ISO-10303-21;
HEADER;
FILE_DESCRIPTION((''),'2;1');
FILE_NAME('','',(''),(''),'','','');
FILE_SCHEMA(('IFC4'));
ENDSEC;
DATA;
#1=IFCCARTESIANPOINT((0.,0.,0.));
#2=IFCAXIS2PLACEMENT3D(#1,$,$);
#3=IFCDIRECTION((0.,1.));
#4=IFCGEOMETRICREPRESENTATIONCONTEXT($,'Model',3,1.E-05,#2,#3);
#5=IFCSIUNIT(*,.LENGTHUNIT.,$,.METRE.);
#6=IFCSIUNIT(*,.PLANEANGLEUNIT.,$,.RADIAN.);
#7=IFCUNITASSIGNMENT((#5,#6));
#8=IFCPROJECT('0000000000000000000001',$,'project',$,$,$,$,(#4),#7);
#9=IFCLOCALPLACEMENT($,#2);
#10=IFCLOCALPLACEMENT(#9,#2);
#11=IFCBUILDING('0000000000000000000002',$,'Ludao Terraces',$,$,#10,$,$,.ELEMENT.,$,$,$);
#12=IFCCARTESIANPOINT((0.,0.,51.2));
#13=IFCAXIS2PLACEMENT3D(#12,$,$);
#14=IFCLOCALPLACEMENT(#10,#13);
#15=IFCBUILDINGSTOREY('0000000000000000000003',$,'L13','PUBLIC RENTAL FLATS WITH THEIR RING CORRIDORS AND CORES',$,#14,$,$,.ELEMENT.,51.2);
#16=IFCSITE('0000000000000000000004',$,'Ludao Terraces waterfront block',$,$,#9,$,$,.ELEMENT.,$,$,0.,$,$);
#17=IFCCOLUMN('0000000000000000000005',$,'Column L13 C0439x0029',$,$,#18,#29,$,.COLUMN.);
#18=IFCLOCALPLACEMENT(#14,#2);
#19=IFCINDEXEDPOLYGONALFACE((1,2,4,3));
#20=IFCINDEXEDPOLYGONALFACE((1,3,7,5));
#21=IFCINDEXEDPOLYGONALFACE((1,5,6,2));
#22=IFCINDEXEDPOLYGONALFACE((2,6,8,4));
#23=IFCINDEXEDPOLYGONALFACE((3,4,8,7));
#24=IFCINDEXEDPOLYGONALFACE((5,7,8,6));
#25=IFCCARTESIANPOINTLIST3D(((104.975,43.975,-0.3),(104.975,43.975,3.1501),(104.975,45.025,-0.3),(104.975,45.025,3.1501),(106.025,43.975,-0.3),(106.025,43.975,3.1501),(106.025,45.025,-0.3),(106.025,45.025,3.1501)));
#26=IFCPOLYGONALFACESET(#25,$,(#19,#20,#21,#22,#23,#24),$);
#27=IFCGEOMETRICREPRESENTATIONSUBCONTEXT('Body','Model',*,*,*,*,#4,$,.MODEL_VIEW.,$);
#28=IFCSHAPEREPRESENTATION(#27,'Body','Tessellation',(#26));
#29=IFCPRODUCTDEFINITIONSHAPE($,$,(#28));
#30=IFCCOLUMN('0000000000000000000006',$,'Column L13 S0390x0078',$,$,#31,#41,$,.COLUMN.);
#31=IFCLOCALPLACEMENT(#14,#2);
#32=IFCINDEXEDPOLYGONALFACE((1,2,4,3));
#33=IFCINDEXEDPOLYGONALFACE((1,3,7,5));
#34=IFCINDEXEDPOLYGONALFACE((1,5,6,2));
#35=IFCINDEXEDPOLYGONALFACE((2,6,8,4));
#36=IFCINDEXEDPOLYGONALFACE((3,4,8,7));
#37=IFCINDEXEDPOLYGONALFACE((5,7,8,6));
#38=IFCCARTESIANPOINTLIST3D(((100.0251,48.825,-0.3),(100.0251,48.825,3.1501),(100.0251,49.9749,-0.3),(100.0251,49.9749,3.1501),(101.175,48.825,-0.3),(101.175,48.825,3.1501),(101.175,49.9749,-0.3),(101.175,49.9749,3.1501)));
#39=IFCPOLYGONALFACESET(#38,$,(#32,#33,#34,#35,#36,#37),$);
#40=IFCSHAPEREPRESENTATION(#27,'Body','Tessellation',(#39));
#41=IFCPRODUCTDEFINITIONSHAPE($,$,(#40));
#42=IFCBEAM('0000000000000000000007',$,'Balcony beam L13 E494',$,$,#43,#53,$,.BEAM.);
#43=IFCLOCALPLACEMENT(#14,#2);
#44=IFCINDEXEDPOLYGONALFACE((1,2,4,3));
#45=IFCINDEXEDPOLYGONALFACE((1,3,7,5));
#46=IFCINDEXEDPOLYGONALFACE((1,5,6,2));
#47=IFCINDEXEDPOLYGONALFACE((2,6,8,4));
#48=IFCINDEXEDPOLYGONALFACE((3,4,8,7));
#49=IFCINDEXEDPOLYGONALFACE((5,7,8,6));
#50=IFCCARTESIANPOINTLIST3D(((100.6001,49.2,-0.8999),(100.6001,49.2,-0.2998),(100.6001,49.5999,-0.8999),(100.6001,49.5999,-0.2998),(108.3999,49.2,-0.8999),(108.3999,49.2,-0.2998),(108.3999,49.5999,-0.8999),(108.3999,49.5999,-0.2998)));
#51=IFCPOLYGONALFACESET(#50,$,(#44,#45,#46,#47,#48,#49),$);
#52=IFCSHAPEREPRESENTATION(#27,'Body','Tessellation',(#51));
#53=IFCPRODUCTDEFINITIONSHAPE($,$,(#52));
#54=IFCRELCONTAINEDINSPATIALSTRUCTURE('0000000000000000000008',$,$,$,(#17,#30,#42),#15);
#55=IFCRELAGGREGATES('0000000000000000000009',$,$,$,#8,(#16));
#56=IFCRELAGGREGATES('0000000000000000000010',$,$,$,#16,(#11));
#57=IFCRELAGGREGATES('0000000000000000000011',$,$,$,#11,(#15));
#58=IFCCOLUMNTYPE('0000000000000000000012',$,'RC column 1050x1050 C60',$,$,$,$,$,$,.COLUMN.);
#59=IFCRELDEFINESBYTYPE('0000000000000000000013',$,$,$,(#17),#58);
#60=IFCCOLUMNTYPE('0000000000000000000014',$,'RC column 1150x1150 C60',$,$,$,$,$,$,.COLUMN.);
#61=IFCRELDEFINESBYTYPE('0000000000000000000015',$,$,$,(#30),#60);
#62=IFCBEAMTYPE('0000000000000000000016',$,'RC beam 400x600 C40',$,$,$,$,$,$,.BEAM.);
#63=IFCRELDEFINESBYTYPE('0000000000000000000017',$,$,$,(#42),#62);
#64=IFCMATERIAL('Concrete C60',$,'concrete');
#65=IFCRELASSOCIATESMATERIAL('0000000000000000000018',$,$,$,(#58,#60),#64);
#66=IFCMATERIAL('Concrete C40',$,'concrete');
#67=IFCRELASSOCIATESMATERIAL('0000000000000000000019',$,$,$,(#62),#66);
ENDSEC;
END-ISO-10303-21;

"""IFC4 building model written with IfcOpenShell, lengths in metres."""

from ifc_helpers import new_model, si_unit, direction, frame, origin, origin_2d, place, context, subcontext, project, spatial, rectangle, extrude, material, material_profile, profile_set, type_object, element, save


model = new_model("IFC4")

# Units and contexts
model_context = context("Model", 3, precision=1e-05, world=origin(), true_north=direction((0.0, 1.0)))
body_context = subcontext(model_context, "Body", "Model", "MODEL_VIEW")
ifc_project = project(units=[si_unit("LENGTHUNIT", "METRE"), si_unit("PLANEANGLEUNIT", "RADIAN")], contexts=[model_context])

# Site, building, storey
site_placement = place(None, origin())
site = spatial("IfcSite", under=ifc_project, at=site_placement, Name="Ludao Terraces waterfront block", CompositionType="ELEMENT", RefElevation=0.0)
building_placement = place(site_placement, origin())
building = spatial("IfcBuilding", under=site, at=building_placement, Name="Ludao Terraces", CompositionType="ELEMENT")
storey_placement = place(building_placement, frame((0.0, 0.0, 51.2)))
storey = spatial("IfcBuildingStorey", under=building, at=storey_placement, Name="L13", Description="PUBLIC RENTAL FLATS WITH THEIR RING CORRIDORS AND CORES", CompositionType="ELEMENT", Elevation=51.2)

# Columns
ifc_material_1 = material(Name="Concrete C60", Category="concrete")
ifc_material_profile_1 = material_profile(ifc_material_1, rectangle(XDim=1.05, YDim=1.05, at=origin_2d()), Name="1050 X 1050")
ifc_profile_set_1 = profile_set([ifc_material_profile_1], Name="Concrete C60")
column_type_1 = type_object("IfcColumnType", Name="RC column 1050x1050 C60", PredefinedType="COLUMN", material=ifc_profile_set_1)
column_1_placement = place(storey_placement, frame((105.5, 44.5, -0.3), z_axis=(0.0, 0.0, 1.0), x_axis=(1.0, 0.0, 0.0)))
element("IfcColumn", 1, at=column_1_placement, inside=storey, type_object=column_type_1, Name="Column L13 C0439x0029", PredefinedType="COLUMN", context=body_context, shape_type="SweptSolid", body=[
    extrude(rectangle(XDim=1.05, YDim=1.05, at=origin_2d()), origin(), (0.0, 0.0, 1.0), 3.4502),
])
ifc_material_profile_2 = material_profile(ifc_material_1, rectangle(XDim=1.1499, YDim=1.1499, at=origin_2d()), Name="1150 X 1150")
ifc_profile_set_2 = profile_set([ifc_material_profile_2], Name="Concrete C60")
column_type_2 = type_object("IfcColumnType", Name="RC column 1150x1150 C60", PredefinedType="COLUMN", material=ifc_profile_set_2)
column_2_placement = place(storey_placement, frame((100.6001, 49.3999, -0.3), z_axis=(0.0, 0.0, 1.0), x_axis=(1.0, 0.0, 0.0)))
element("IfcColumn", 2, at=column_2_placement, inside=storey, type_object=column_type_2, Name="Column L13 S0390x0078", PredefinedType="COLUMN", context=body_context, shape_type="SweptSolid", body=[
    extrude(rectangle(XDim=1.1499, YDim=1.1499, at=origin_2d()), origin(), (0.0, 0.0, 1.0), 3.4502),
])

# Beam
ifc_material_2 = material(Name="Concrete C40", Category="concrete")
ifc_material_profile_3 = material_profile(ifc_material_2, rectangle(XDim=0.3999, YDim=0.6001, at=origin_2d()), Name="400 X 600")
ifc_profile_set_3 = profile_set([ifc_material_profile_3], Name="Concrete C40")
beam_type = type_object("IfcBeamType", Name="RC beam 400x600 C40", PredefinedType="BEAM", material=ifc_profile_set_3)
beam_placement = place(storey_placement, frame((100.6001, 49.3999, -0.5999), z_axis=(1.0, 0.0, 0.0), x_axis=(0.0, 1.0, 0.0)))
element("IfcBeam", 3, at=beam_placement, inside=storey, type_object=beam_type, Name="Balcony beam L13 E494", PredefinedType="BEAM", context=body_context, shape_type="SweptSolid", body=[
    extrude(rectangle(XDim=0.3999, YDim=0.6001, at=origin_2d()), origin(), (0.0, 0.0, 1.0), 7.7998),
])

save(model, "model.ifc")
